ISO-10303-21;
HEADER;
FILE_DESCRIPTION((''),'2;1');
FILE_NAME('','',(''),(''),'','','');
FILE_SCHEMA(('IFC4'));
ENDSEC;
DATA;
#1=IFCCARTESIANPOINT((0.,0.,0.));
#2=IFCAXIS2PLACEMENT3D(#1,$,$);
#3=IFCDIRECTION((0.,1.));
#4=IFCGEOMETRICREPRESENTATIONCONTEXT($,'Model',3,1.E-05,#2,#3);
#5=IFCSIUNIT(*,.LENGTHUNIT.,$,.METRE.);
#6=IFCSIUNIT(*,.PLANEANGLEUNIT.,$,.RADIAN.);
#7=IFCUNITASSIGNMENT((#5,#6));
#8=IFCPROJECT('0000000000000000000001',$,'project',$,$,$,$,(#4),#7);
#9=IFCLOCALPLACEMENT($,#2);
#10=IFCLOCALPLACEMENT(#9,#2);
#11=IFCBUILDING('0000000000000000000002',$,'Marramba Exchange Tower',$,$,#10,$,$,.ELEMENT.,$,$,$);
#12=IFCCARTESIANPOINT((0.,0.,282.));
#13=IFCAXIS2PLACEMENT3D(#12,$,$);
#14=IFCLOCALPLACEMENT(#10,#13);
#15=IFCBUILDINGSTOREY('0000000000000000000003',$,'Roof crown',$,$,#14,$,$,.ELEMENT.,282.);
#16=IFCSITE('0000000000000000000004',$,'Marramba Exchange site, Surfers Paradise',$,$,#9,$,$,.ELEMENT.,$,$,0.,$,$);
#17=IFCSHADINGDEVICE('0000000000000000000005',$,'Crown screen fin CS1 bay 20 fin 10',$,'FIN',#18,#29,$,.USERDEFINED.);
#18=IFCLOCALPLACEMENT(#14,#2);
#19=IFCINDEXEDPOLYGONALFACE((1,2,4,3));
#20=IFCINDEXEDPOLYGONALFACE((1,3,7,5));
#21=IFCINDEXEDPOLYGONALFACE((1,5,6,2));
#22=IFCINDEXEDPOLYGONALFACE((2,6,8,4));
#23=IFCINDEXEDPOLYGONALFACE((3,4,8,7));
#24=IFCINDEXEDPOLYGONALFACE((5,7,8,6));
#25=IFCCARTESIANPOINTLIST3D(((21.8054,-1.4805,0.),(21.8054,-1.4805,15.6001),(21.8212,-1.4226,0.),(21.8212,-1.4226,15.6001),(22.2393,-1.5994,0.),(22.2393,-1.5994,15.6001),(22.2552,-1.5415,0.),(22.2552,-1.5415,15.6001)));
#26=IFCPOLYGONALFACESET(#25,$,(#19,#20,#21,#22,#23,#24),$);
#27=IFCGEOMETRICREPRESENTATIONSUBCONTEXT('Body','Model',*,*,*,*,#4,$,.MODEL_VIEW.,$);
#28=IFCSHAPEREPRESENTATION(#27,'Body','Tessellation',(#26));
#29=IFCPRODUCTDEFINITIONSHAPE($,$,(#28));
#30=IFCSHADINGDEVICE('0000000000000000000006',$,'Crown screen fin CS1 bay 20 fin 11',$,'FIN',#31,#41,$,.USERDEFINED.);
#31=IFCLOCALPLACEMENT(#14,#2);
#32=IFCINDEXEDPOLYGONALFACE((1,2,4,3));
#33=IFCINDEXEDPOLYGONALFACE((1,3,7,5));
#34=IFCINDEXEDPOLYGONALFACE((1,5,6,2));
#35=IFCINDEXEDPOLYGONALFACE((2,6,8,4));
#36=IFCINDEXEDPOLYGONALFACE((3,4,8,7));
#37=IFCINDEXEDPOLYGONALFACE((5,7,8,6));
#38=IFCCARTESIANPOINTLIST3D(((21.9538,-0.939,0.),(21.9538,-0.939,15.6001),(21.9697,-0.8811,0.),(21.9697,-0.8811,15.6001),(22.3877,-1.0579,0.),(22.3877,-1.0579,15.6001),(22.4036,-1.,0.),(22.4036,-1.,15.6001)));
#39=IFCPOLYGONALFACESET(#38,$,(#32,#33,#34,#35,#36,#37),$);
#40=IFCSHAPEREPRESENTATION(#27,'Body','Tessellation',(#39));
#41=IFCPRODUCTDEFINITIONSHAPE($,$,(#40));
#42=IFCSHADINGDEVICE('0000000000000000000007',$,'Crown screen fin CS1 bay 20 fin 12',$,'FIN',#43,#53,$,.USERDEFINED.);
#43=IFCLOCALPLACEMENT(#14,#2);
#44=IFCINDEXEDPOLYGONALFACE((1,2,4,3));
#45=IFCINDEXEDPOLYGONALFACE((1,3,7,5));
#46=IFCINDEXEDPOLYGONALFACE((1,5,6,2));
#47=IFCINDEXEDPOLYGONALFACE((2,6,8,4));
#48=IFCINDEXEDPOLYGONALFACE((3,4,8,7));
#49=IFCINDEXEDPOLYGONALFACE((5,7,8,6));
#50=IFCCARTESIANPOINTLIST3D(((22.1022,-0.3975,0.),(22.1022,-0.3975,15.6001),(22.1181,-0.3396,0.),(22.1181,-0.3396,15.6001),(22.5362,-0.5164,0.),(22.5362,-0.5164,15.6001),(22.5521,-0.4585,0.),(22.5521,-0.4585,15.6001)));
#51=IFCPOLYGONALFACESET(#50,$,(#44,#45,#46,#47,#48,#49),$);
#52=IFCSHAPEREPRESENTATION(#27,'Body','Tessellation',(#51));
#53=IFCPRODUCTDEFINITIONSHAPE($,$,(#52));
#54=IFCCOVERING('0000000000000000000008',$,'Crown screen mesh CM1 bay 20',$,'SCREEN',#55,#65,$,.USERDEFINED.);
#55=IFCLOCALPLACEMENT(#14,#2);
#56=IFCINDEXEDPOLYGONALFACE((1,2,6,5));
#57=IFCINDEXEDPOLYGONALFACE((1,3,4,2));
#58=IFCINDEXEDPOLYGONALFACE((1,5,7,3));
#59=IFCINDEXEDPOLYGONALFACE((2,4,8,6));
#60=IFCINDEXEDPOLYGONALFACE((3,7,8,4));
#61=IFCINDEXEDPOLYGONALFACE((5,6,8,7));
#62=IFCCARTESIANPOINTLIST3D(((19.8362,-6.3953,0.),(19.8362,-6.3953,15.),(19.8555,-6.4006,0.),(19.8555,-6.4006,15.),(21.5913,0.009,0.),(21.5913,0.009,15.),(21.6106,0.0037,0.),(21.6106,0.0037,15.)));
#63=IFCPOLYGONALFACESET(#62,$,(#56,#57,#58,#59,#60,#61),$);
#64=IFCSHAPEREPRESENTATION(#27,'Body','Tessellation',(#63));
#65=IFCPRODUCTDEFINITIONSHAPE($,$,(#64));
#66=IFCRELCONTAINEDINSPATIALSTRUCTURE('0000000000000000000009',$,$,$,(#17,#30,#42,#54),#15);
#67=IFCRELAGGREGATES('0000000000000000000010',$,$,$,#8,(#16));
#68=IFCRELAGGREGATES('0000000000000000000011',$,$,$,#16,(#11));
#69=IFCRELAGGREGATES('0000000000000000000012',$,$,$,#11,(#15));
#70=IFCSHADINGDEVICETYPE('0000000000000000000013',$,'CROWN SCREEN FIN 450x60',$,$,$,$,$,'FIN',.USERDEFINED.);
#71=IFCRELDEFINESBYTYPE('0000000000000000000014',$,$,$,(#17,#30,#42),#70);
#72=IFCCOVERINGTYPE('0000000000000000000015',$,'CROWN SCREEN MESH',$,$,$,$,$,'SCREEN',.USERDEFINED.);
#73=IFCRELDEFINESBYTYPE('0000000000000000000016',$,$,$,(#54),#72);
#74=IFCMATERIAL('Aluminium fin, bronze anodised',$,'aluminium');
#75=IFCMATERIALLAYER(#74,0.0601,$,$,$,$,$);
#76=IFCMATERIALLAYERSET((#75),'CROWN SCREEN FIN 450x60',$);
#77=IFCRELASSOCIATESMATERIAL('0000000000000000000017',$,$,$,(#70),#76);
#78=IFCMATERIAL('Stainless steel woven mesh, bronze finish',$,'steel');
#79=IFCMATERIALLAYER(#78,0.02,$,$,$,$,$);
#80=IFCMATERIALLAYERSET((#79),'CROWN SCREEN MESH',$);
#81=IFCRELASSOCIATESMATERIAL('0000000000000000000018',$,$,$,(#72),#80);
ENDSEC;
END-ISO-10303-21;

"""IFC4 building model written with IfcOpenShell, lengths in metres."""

from ifc_helpers import new_model, si_unit, direction, frame, origin, origin_2d, place, context, subcontext, project, spatial, rectangle, extrude, material, layer, layer_set, type_object, element, save


model = new_model("IFC4")

# Units and contexts
model_context = context("Model", 3, precision=1e-05, world=origin(), true_north=direction((0.0, 1.0)))
body_context = subcontext(model_context, "Body", "Model", "MODEL_VIEW")
ifc_project = project(units=[si_unit("LENGTHUNIT", "METRE"), si_unit("PLANEANGLEUNIT", "RADIAN")], contexts=[model_context])

# Site, building, storey
site_placement = place(None, origin())
site = spatial("IfcSite", under=ifc_project, at=site_placement, Name="Marramba Exchange site, Surfers Paradise", CompositionType="ELEMENT", RefElevation=0.0)
building_placement = place(site_placement, origin())
building = spatial("IfcBuilding", under=site, at=building_placement, Name="Marramba Exchange Tower", CompositionType="ELEMENT")
storey_placement = place(building_placement, frame((0.0, 0.0, 282.0)))
storey = spatial("IfcBuildingStorey", under=building, at=storey_placement, Name="Roof crown", CompositionType="ELEMENT", Elevation=282.0)

# Shading devices
ifc_material_1 = material(Name="Aluminium fin, bronze anodised", Category="aluminium")
ifc_layer_1 = layer(ifc_material_1, 0.0601)
ifc_layer_set_1 = layer_set([ifc_layer_1], Name="CROWN SCREEN FIN 450x60")
shading_device_type = type_object("IfcShadingDeviceType", Name="CROWN SCREEN FIN 450x60", ElementType="FIN", PredefinedType="USERDEFINED", material=ifc_layer_set_1)
for number, where, z_axis, x_axis, name in (
    (1, (22.0303, -1.511, 0.0), (0.0, 0.0, 1.0), (0.964439, -0.264304, 0.0), "Crown screen fin CS1 bay 20 fin 10"),
    (2, (22.1787, -0.9695, 0.0), (0.0, 0.0, 1.0), (0.964439, -0.264304, 0.0), "Crown screen fin CS1 bay 20 fin 11"),
    (3, (22.3271, -0.428, 0.0), (0.0, 0.0, 1.0), (0.964439, -0.264304, 0.0), "Crown screen fin CS1 bay 20 fin 12"),
):
    element("IfcShadingDevice", number, at=place(storey_placement, frame(where, z_axis=z_axis, x_axis=x_axis)), inside=storey, type_object=shading_device_type, Name=name, ObjectType="FIN", PredefinedType="USERDEFINED", context=body_context, shape_type="SweptSolid", body=[
        extrude(rectangle(XDim=0.45, YDim=0.0601, at=origin_2d()), origin(), (0.0, 0.0, 1.0), 15.6001),
    ])

# Covering
ifc_material_2 = material(Name="Stainless steel woven mesh, bronze finish", Category="steel")
ifc_layer_2 = layer(ifc_material_2, 0.02)
ifc_layer_set_2 = layer_set([ifc_layer_2], Name="CROWN SCREEN MESH")
covering_type = type_object("IfcCoveringType", Name="CROWN SCREEN MESH", ElementType="SCREEN", PredefinedType="USERDEFINED", material=ifc_layer_set_2)
covering_placement = place(storey_placement, frame((20.7234, -3.1958, 0.0), z_axis=(0.0, 0.0, 1.0), x_axis=(0.264304, 0.964439, 0.0)))
element("IfcCovering", 4, at=covering_placement, inside=storey, type_object=covering_type, Name="Crown screen mesh CM1 bay 20", ObjectType="SCREEN", PredefinedType="USERDEFINED", context=body_context, shape_type="SweptSolid", body=[
    extrude(rectangle(XDim=6.6404, YDim=0.02, at=origin_2d()), origin(), (0.0, 0.0, 1.0), 15.0),
])

save(model, "model.ifc")
